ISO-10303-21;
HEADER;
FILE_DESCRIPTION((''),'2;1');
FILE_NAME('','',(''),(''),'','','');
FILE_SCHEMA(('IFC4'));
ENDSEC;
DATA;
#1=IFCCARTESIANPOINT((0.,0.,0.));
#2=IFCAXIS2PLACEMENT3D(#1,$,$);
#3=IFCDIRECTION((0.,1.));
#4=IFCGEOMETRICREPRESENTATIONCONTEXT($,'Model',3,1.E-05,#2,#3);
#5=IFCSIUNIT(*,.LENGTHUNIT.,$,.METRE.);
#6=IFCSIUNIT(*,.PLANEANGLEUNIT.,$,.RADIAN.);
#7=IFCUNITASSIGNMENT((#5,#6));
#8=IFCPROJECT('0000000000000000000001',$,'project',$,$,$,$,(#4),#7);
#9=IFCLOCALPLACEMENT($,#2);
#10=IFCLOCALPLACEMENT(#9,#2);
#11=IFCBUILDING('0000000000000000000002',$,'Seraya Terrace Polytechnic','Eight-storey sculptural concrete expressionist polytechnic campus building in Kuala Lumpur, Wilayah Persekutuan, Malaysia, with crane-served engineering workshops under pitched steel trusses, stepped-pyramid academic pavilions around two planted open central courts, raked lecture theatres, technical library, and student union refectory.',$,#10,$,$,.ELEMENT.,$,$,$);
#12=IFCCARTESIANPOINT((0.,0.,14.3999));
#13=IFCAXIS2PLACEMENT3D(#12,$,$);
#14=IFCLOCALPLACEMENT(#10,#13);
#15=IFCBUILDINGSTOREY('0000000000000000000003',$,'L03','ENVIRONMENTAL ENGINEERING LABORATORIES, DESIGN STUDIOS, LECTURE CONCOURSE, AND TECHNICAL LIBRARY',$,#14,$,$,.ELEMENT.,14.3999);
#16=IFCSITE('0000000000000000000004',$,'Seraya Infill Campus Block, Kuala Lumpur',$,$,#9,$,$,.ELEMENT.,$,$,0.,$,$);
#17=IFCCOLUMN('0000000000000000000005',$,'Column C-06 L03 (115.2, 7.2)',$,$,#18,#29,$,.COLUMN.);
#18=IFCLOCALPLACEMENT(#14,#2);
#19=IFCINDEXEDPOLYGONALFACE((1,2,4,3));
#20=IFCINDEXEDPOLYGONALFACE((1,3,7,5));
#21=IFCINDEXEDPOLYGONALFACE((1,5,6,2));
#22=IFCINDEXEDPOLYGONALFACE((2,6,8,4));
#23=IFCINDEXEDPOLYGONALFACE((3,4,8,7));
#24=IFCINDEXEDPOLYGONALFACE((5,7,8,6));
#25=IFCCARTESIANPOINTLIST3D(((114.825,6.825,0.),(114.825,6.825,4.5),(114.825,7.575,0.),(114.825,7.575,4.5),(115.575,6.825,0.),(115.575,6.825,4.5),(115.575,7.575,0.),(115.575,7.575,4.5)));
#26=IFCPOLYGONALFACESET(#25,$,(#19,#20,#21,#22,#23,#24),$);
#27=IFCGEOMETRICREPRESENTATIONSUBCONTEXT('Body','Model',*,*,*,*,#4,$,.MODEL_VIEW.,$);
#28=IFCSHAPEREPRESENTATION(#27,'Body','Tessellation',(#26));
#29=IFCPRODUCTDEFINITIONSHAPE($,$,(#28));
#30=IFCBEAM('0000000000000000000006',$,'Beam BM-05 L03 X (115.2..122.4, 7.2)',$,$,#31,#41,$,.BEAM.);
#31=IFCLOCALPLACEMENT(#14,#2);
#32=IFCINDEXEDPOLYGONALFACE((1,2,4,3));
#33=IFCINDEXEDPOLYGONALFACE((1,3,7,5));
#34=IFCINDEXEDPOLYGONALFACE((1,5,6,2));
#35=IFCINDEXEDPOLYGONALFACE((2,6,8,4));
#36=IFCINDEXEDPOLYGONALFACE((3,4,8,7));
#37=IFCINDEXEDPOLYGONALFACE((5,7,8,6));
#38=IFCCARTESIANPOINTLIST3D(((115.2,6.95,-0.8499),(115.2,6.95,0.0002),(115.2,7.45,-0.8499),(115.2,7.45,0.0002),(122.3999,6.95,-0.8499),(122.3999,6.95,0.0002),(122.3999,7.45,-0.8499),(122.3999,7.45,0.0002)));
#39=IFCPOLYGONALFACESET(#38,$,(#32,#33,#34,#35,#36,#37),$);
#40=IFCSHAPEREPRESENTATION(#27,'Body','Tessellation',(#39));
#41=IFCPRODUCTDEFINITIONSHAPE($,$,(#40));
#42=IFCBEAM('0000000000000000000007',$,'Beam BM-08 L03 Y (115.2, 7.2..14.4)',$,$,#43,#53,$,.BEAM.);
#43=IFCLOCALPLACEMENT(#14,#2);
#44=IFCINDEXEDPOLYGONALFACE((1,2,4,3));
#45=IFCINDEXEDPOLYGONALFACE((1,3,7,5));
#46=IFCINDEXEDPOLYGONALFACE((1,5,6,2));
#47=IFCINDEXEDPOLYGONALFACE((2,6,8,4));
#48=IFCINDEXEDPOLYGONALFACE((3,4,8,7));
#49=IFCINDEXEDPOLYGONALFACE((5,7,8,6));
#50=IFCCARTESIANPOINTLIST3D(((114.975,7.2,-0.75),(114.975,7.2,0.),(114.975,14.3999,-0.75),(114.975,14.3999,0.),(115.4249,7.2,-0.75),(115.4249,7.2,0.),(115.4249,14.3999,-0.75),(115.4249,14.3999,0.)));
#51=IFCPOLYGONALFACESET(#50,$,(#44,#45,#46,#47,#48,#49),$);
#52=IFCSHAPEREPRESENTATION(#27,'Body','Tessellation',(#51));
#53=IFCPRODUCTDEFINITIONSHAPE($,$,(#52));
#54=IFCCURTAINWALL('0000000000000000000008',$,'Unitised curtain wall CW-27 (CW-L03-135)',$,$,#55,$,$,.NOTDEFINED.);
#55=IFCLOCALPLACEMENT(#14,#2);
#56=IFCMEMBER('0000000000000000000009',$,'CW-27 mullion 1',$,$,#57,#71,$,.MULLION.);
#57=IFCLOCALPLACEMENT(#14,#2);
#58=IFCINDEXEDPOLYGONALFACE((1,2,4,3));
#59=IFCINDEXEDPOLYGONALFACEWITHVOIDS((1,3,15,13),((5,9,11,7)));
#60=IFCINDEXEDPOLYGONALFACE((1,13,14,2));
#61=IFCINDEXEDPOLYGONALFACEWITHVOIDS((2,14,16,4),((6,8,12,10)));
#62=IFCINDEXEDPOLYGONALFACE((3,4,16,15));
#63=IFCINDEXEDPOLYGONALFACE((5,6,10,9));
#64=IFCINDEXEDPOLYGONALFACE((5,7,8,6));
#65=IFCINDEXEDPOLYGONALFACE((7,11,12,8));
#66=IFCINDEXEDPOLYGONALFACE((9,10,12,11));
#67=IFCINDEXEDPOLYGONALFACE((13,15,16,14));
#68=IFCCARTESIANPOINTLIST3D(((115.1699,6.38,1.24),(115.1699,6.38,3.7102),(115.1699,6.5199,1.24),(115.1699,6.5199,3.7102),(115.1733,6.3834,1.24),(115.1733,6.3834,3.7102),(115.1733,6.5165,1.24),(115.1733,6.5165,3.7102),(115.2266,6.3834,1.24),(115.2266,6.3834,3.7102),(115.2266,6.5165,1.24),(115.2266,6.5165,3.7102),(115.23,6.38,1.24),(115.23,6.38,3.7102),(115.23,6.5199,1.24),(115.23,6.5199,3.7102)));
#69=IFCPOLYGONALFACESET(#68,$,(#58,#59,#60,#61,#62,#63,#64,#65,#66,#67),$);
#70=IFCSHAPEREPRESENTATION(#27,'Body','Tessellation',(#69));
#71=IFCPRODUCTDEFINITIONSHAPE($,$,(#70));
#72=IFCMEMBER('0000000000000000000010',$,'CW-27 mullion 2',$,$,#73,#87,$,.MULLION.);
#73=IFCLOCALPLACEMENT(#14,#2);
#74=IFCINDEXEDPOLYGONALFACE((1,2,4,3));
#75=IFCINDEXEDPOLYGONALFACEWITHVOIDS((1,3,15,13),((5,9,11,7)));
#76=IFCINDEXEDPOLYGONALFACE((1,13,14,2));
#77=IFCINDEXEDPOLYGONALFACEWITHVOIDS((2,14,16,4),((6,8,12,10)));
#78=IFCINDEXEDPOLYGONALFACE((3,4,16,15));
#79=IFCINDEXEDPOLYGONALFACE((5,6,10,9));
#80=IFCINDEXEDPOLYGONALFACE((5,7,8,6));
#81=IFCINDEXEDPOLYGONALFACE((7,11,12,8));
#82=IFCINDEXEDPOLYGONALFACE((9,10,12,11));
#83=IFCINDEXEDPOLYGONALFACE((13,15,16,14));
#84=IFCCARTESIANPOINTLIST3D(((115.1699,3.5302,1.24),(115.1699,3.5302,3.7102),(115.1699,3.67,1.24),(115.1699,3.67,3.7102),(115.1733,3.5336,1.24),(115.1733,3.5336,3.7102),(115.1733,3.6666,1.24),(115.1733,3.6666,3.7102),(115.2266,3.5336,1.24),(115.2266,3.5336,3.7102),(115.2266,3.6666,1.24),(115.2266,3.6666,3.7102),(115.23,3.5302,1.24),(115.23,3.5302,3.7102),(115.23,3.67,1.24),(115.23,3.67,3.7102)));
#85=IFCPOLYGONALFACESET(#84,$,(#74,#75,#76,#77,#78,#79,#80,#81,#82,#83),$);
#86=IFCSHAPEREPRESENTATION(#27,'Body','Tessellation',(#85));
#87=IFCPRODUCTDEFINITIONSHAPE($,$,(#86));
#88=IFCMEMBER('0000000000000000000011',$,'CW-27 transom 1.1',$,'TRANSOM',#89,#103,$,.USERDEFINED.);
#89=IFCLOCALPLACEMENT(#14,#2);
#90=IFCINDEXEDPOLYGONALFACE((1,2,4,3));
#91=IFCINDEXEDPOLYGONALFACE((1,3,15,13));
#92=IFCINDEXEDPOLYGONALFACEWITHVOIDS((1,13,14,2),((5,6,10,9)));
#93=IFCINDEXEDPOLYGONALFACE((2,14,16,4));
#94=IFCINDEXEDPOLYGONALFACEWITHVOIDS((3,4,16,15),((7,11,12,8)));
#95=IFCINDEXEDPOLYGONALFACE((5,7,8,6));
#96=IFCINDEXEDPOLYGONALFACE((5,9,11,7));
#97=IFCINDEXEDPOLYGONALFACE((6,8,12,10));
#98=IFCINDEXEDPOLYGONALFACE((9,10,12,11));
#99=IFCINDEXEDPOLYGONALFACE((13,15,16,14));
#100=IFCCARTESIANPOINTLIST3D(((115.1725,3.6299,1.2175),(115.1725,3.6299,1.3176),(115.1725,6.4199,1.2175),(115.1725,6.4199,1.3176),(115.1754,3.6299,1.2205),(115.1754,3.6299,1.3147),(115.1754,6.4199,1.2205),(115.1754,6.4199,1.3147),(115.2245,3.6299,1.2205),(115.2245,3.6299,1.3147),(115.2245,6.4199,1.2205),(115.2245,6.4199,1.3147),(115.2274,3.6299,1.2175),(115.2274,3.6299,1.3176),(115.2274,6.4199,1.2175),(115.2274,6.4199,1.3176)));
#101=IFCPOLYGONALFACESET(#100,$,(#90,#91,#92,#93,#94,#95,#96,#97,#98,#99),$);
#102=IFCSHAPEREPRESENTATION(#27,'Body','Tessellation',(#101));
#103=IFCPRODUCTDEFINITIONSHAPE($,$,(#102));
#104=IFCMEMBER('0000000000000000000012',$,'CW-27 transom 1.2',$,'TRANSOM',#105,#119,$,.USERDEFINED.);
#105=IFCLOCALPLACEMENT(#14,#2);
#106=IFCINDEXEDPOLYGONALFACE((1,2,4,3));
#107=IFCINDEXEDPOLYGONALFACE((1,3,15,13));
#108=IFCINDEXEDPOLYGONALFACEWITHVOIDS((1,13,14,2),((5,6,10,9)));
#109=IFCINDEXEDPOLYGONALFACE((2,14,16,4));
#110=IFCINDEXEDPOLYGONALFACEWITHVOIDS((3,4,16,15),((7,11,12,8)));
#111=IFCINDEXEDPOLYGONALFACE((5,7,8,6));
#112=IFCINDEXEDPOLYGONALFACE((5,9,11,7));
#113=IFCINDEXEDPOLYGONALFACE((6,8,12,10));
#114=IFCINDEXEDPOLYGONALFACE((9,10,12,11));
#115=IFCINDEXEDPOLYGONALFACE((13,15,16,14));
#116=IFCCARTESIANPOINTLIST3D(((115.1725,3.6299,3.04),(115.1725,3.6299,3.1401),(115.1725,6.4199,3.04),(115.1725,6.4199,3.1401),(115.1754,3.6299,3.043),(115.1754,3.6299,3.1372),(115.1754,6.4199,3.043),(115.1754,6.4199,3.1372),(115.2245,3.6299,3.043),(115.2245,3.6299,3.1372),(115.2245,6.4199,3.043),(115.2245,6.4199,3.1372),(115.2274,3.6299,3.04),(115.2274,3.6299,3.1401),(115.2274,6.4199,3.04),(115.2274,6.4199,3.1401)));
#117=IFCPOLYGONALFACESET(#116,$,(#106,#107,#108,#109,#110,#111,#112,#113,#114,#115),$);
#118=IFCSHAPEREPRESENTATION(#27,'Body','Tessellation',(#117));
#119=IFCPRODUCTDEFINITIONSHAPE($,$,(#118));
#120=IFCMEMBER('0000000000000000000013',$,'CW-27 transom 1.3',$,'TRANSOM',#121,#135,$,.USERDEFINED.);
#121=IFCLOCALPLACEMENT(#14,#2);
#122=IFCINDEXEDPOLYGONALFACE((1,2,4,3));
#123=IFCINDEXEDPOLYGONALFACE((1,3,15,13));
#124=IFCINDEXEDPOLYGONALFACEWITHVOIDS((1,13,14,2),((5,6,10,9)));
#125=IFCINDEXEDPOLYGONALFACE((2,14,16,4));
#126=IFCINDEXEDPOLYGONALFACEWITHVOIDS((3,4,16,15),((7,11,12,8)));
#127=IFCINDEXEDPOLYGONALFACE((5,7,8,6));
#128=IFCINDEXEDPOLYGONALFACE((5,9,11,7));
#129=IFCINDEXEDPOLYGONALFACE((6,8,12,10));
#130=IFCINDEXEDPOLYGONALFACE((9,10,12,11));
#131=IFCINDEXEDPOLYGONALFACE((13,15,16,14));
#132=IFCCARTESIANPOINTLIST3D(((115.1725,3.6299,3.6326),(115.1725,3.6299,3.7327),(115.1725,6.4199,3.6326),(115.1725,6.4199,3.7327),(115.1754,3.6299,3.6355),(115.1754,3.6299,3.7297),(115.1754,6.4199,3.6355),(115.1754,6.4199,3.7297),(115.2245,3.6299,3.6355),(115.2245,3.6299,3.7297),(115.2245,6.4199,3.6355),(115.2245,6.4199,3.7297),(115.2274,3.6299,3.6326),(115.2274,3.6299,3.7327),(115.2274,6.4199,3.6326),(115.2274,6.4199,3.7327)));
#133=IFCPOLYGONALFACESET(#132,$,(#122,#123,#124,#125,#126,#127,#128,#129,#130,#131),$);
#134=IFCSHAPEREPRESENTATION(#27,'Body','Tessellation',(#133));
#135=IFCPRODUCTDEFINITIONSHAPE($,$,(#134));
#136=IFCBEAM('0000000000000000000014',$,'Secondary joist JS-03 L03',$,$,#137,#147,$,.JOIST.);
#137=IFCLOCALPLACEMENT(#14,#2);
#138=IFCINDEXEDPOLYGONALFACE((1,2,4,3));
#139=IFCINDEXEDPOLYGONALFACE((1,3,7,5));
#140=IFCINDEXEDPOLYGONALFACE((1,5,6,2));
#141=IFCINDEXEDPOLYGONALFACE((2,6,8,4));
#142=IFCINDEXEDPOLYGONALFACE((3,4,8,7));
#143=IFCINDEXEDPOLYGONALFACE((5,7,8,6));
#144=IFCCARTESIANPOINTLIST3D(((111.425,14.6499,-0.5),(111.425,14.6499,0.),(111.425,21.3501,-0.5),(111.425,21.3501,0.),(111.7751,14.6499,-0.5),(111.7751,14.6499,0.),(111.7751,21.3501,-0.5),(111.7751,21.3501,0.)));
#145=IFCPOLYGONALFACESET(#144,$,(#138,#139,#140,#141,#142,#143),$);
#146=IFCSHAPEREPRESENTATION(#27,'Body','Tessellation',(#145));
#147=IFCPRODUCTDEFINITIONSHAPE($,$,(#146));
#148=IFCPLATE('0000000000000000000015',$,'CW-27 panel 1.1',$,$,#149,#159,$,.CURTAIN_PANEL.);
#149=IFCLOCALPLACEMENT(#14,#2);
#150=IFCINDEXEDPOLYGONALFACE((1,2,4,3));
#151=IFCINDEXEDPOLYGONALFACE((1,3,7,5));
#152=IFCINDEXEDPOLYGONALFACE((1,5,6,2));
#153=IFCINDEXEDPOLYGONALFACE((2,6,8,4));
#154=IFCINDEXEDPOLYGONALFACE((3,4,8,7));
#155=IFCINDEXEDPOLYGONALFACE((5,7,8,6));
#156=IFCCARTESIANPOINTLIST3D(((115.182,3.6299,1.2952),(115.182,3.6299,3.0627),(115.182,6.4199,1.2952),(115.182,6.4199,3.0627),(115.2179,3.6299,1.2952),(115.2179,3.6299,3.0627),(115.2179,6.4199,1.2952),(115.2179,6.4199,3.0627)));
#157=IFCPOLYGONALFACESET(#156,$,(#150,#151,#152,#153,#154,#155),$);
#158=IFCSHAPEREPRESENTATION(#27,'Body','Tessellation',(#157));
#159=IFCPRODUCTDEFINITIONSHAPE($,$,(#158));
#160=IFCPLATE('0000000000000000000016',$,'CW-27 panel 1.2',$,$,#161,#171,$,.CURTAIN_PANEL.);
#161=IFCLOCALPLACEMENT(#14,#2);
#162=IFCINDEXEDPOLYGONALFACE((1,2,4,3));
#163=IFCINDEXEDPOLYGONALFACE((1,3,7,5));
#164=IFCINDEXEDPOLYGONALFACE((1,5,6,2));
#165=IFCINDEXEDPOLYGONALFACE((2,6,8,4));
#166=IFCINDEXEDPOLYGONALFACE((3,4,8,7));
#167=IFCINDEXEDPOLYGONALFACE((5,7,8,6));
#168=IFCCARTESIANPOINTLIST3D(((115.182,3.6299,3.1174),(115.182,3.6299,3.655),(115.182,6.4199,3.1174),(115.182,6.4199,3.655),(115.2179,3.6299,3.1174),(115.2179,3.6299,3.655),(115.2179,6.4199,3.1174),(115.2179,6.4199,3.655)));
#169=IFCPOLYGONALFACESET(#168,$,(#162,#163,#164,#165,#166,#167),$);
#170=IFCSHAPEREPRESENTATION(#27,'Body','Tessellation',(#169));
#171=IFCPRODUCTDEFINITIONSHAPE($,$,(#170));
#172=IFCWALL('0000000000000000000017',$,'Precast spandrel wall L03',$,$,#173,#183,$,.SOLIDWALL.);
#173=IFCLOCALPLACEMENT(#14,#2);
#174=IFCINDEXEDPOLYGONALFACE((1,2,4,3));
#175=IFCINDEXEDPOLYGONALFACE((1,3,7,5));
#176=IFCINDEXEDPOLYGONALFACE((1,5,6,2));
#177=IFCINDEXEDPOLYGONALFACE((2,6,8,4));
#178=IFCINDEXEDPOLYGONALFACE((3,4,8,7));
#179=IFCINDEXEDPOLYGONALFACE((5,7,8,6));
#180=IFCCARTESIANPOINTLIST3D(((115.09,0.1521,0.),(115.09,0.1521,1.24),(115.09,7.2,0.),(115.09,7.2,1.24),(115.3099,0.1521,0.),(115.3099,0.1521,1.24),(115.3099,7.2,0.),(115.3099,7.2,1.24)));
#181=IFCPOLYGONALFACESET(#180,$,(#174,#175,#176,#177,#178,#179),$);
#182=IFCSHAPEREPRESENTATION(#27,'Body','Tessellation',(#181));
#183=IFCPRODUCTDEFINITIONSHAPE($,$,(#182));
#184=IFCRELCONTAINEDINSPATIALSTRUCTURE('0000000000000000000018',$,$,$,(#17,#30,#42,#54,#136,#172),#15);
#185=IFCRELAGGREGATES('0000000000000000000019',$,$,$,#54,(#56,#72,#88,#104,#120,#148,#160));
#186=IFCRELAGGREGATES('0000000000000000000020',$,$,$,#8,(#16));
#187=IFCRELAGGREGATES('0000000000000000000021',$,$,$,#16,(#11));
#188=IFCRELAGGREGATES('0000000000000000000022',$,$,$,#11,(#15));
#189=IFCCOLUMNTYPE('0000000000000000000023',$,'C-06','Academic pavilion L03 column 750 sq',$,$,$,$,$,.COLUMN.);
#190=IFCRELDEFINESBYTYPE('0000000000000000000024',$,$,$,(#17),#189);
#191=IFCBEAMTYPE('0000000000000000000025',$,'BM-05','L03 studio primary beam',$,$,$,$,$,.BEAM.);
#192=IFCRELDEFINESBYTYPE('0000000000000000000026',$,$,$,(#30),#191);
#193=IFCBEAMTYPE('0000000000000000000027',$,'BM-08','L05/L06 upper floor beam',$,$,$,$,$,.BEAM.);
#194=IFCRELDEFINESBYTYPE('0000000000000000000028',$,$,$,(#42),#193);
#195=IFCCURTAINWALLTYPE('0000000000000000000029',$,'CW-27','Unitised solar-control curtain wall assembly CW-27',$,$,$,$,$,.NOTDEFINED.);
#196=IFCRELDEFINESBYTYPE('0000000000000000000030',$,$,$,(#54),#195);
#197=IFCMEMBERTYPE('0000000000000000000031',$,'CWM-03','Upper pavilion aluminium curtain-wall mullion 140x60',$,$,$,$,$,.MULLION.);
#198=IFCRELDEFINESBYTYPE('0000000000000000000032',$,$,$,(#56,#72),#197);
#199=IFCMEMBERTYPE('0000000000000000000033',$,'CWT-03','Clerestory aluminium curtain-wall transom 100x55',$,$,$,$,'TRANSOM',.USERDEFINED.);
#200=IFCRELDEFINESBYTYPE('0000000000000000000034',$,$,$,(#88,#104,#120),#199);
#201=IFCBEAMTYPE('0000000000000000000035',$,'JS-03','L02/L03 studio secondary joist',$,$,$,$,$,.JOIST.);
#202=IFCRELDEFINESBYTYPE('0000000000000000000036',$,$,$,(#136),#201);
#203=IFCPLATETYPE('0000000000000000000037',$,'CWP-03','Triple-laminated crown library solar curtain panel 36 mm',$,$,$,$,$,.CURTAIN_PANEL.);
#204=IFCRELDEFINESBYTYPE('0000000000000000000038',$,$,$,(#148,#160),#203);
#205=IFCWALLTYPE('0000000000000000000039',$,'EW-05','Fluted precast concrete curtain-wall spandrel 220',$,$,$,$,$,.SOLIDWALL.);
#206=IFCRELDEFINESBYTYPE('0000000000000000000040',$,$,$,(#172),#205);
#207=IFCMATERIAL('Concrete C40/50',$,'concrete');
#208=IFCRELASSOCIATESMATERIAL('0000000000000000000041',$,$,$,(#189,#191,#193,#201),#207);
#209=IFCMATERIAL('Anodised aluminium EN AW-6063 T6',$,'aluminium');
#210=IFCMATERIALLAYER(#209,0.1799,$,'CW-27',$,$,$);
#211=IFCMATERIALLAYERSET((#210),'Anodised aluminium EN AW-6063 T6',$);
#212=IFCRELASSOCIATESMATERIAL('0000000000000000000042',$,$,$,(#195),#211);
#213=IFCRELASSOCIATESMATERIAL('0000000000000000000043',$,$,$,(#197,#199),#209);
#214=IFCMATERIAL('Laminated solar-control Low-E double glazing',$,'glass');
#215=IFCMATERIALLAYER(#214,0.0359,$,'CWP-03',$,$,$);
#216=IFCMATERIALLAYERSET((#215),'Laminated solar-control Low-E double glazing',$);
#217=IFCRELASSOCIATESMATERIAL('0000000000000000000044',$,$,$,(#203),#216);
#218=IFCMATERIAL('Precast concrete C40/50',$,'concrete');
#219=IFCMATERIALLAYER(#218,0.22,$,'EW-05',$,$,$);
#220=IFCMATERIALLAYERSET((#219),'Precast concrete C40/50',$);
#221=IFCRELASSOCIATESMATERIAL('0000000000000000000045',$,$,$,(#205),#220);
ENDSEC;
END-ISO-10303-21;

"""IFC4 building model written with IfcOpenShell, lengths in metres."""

from ifc_helpers import new_model, si_unit, direction, frame, frame_2d, origin, origin_2d, place, context, subcontext, project, spatial, rectangle, hollow_rectangle, extrude, material, layer, layer_set, material_profile, profile_set, type_object, element, aggregate, save


model = new_model("IFC4")

# Units and contexts
model_context = context("Model", 3, precision=1e-05, world=origin(), true_north=direction((0.0, 1.0)))
body_context = subcontext(model_context, "Body", "Model", "MODEL_VIEW")
ifc_project = project(units=[si_unit("LENGTHUNIT", "METRE"), si_unit("PLANEANGLEUNIT", "RADIAN")], contexts=[model_context])

# Site, building, storey
site_placement = place(None, origin())
site = spatial("IfcSite", under=ifc_project, at=site_placement, Name="Seraya Infill Campus Block, Kuala Lumpur", CompositionType="ELEMENT", RefElevation=0.0)
building_placement = place(site_placement, origin())
building = spatial("IfcBuilding", under=site, at=building_placement, Name="Seraya Terrace Polytechnic", Description="Eight-storey sculptural concrete expressionist polytechnic campus building in Kuala Lumpur, Wilayah Persekutuan, Malaysia, with crane-served engineering workshops under pitched steel trusses, stepped-pyramid academic pavilions around two planted open central courts, raked lecture theatres, technical library, and student union refectory.", CompositionType="ELEMENT")
storey_placement = place(building_placement, frame((0.0, 0.0, 14.3999)))
storey = spatial("IfcBuildingStorey", under=building, at=storey_placement, Name="L03", Description="ENVIRONMENTAL ENGINEERING LABORATORIES, DESIGN STUDIOS, LECTURE CONCOURSE, AND TECHNICAL LIBRARY", CompositionType="ELEMENT", Elevation=14.3999)

# Column
ifc_material_1 = material(Name="Concrete C40/50", Category="concrete")
ifc_material_profile_1 = material_profile(ifc_material_1, rectangle(XDim=0.75, YDim=0.75, at=origin_2d()), Name="RC 750x750")
ifc_profile_set_1 = profile_set([ifc_material_profile_1], Name="Concrete C40/50")
column_type = type_object("IfcColumnType", Name="C-06", Description="Academic pavilion L03 column 750 sq", PredefinedType="COLUMN", material=ifc_profile_set_1)
column_placement = place(storey_placement, frame((115.2, 7.2, 0.0), z_axis=(0.0, 0.0, 1.0), x_axis=(1.0, 0.0, 0.0)))
element("IfcColumn", 1, at=column_placement, inside=storey, type_object=column_type, Name="Column C-06 L03 (115.2, 7.2)", PredefinedType="COLUMN", context=body_context, shape_type="SweptSolid", body=[
    extrude(rectangle(XDim=0.75, YDim=0.75, at=origin_2d()), origin(), (0.0, 0.0, 1.0), 4.5),
])

# Beams
ifc_material_profile_2 = material_profile(ifc_material_1, rectangle(XDim=0.5, YDim=0.8501, at=origin_2d()), Name="RC 500x850")
ifc_profile_set_2 = profile_set([ifc_material_profile_2], Name="Concrete C40/50")
beam_type_1 = type_object("IfcBeamType", Name="BM-05", Description="L03 studio primary beam", PredefinedType="BEAM", material=ifc_profile_set_2)
beam_1_placement = place(storey_placement, frame((115.2, 7.2, -0.4248), z_axis=(1.0, 0.0, 0.0), x_axis=(0.0, 1.0, 0.0)))
element("IfcBeam", 2, at=beam_1_placement, inside=storey, type_object=beam_type_1, Name="Beam BM-05 L03 X (115.2..122.4, 7.2)", PredefinedType="BEAM", context=body_context, shape_type="SweptSolid", body=[
    extrude(rectangle(XDim=0.5, YDim=0.8501, at=origin_2d()), origin(), (0.0, 0.0, 1.0), 7.2),
])
ifc_material_profile_3 = material_profile(ifc_material_1, rectangle(XDim=0.45, YDim=0.75, at=origin_2d()), Name="RC 450x750")
ifc_profile_set_3 = profile_set([ifc_material_profile_3], Name="Concrete C40/50")
beam_type_2 = type_object("IfcBeamType", Name="BM-08", Description="L05/L06 upper floor beam", PredefinedType="BEAM", material=ifc_profile_set_3)
beam_2_placement = place(storey_placement, frame((115.2, 7.2, -0.375), z_axis=(0.0, 1.0, 0.0), x_axis=(-1.0, 0.0, 0.0)))
element("IfcBeam", 3, at=beam_2_placement, inside=storey, type_object=beam_type_2, Name="Beam BM-08 L03 Y (115.2, 7.2..14.4)", PredefinedType="BEAM", context=body_context, shape_type="SweptSolid", body=[
    extrude(rectangle(XDim=0.45, YDim=0.75, at=origin_2d()), origin(), (0.0, 0.0, 1.0), 7.2),
])

# Curtain wall, members
ifc_material_2 = material(Name="Anodised aluminium EN AW-6063 T6", Category="aluminium")
ifc_layer_1 = layer(ifc_material_2, 0.1799, Name="CW-27")
ifc_layer_set_1 = layer_set([ifc_layer_1], Name="Anodised aluminium EN AW-6063 T6")
curtain_wall_type = type_object("IfcCurtainWallType", Name="CW-27", Description="Unitised solar-control curtain wall assembly CW-27", PredefinedType="NOTDEFINED", material=ifc_layer_set_1)
curtain_wall_placement = place(storey_placement, origin())
curtain_wall = element("IfcCurtainWall", 4, at=curtain_wall_placement, inside=storey, type_object=curtain_wall_type, Name="Unitised curtain wall CW-27 (CW-L03-135)", PredefinedType="NOTDEFINED")
ifc_material_profile_4 = material_profile(ifc_material_2, hollow_rectangle(XDim=0.0601, YDim=0.1399, WallThickness=0.0034, at=origin_2d()), Name="RHS 140x60x3.5")
ifc_profile_set_4 = profile_set([ifc_material_profile_4], Name="Anodised aluminium EN AW-6063 T6")
member_type_1 = type_object("IfcMemberType", Name="CWM-03", Description="Upper pavilion aluminium curtain-wall mullion 140x60", PredefinedType="MULLION", material=ifc_profile_set_4)
member_1_placement = place(storey_placement, frame((115.2, 6.45, 1.24), z_axis=(0.0, 0.0, 1.0), x_axis=(1.0, 0.0, 0.0)))
member_1 = element("IfcMember", 5, at=member_1_placement, type_object=member_type_1, Name="CW-27 mullion 1", PredefinedType="MULLION", context=body_context, shape_type="SweptSolid", body=[
    extrude(hollow_rectangle(XDim=0.0601, YDim=0.1399, WallThickness=0.0034, at=origin_2d()), origin(), (0.0, 0.0, 1.0), 2.4702),
])
member_2_placement = place(storey_placement, frame((115.2, 3.6001, 1.24), z_axis=(0.0, 0.0, 1.0), x_axis=(1.0, 0.0, 0.0)))
member_2 = element("IfcMember", 6, at=member_2_placement, type_object=member_type_1, Name="CW-27 mullion 2", PredefinedType="MULLION", context=body_context, shape_type="SweptSolid", body=[
    extrude(hollow_rectangle(XDim=0.0601, YDim=0.1399, WallThickness=0.0034, at=origin_2d()), origin(), (0.0, 0.0, 1.0), 2.4702),
])
ifc_material_profile_5 = material_profile(ifc_material_2, hollow_rectangle(XDim=0.0549, YDim=0.1001, WallThickness=0.0029, at=origin_2d()), Name="RHS 100x55x3.0")
ifc_profile_set_5 = profile_set([ifc_material_profile_5], Name="Anodised aluminium EN AW-6063 T6")
member_type_2 = type_object("IfcMemberType", Name="CWT-03", Description="Clerestory aluminium curtain-wall transom 100x55", ElementType="TRANSOM", PredefinedType="USERDEFINED", material=ifc_profile_set_5)
member_3_placement = place(storey_placement, frame((115.2, 6.4199, 1.2676), z_axis=(0.0, -1.0, 0.0), x_axis=(1.0, 0.0, 0.0)))
member_3 = element("IfcMember", 7, at=member_3_placement, type_object=member_type_2, Name="CW-27 transom 1.1", ObjectType="TRANSOM", PredefinedType="USERDEFINED", context=body_context, shape_type="SweptSolid", body=[
    extrude(hollow_rectangle(XDim=0.0549, YDim=0.1001, WallThickness=0.0029, at=origin_2d()), origin(), (0.0, 0.0, 1.0), 2.79),
])
member_4_placement = place(storey_placement, frame((115.2, 6.4199, 3.0901), z_axis=(0.0, -1.0, 0.0), x_axis=(1.0, 0.0, 0.0)))
member_4 = element("IfcMember", 8, at=member_4_placement, type_object=member_type_2, Name="CW-27 transom 1.2", ObjectType="TRANSOM", PredefinedType="USERDEFINED", context=body_context, shape_type="SweptSolid", body=[
    extrude(hollow_rectangle(XDim=0.0549, YDim=0.1001, WallThickness=0.0029, at=origin_2d()), origin(), (0.0, 0.0, 1.0), 2.79),
])
member_5_placement = place(storey_placement, frame((115.2, 6.4199, 3.6826), z_axis=(0.0, -1.0, 0.0), x_axis=(1.0, 0.0, 0.0)))
member_5 = element("IfcMember", 9, at=member_5_placement, type_object=member_type_2, Name="CW-27 transom 1.3", ObjectType="TRANSOM", PredefinedType="USERDEFINED", context=body_context, shape_type="SweptSolid", body=[
    extrude(hollow_rectangle(XDim=0.0549, YDim=0.1001, WallThickness=0.0029, at=origin_2d()), origin(), (0.0, 0.0, 1.0), 2.79),
])

# Beam
ifc_material_profile_6 = material_profile(ifc_material_1, rectangle(XDim=0.3501, YDim=0.5, at=origin_2d()), Name="RC 350x500")
ifc_profile_set_6 = profile_set([ifc_material_profile_6], Name="Concrete C40/50")
beam_type_3 = type_object("IfcBeamType", Name="JS-03", Description="L02/L03 studio secondary joist", PredefinedType="JOIST", material=ifc_profile_set_6)
beam_3_placement = place(storey_placement, frame((111.6001, 14.6499, -0.25), z_axis=(0.0, 1.0, 0.0), x_axis=(-1.0, 0.0, 0.0)))
element("IfcBeam", 10, at=beam_3_placement, inside=storey, type_object=beam_type_3, Name="Secondary joist JS-03 L03", PredefinedType="JOIST", context=body_context, shape_type="SweptSolid", body=[
    extrude(rectangle(XDim=0.3501, YDim=0.5, at=origin_2d()), origin(), (0.0, 0.0, 1.0), 6.7002),
])

# Plates
ifc_material_3 = material(Name="Laminated solar-control Low-E double glazing", Category="glass")
ifc_layer_2 = layer(ifc_material_3, 0.0359, Name="CWP-03")
ifc_layer_set_2 = layer_set([ifc_layer_2], Name="Laminated solar-control Low-E double glazing")
plate_type = type_object("IfcPlateType", Name="CWP-03", Description="Triple-laminated crown library solar curtain panel 36 mm", PredefinedType="CURTAIN_PANEL", material=ifc_layer_set_2)
plate_1_placement = place(storey_placement, frame((115.2, 5.0249, 1.2952), z_axis=(0.0, 0.0, 1.0), x_axis=(0.0, -1.0, 0.0)))
plate_1 = element("IfcPlate", 11, at=plate_1_placement, type_object=plate_type, Name="CW-27 panel 1.1", PredefinedType="CURTAIN_PANEL", context=body_context, shape_type="SweptSolid", body=[
    extrude(rectangle(XDim=2.79, YDim=0.0359, at=origin_2d()), origin(), (0.0, 0.0, 1.0), 1.7676),
])
plate_2_placement = place(storey_placement, frame((115.2, 5.0249, 3.1174), z_axis=(0.0, 0.0, 1.0), x_axis=(0.0, -1.0, 0.0)))
plate_2 = element("IfcPlate", 12, at=plate_2_placement, type_object=plate_type, Name="CW-27 panel 1.2", PredefinedType="CURTAIN_PANEL", context=body_context, shape_type="SweptSolid", body=[
    extrude(rectangle(XDim=2.79, YDim=0.0359, at=origin_2d()), origin(), (0.0, 0.0, 1.0), 0.5376),
])
aggregate(curtain_wall, [member_1, member_2, member_3, member_4, member_5, plate_1, plate_2])

# Wall
ifc_material_4 = material(Name="Precast concrete C40/50", Category="concrete")
ifc_layer_3 = layer(ifc_material_4, 0.22, Name="EW-05")
ifc_layer_set_3 = layer_set([ifc_layer_3], Name="Precast concrete C40/50")
wall_type_1 = type_object("IfcWallType", Name="EW-05", Description="Fluted precast concrete curtain-wall spandrel 220", PredefinedType="SOLIDWALL", material=ifc_layer_set_3)
wall_1_placement = place(storey_placement, frame((115.2, 7.2, 0.0), z_axis=(0.0, 0.0, 1.0), x_axis=(0.0, -1.0, 0.0)))
element("IfcWall", 13, at=wall_1_placement, inside=storey, type_object=wall_type_1, Name="Precast spandrel wall L03", PredefinedType="SOLIDWALL", context=body_context, shape_type="SweptSolid", body=[
    extrude(rectangle(XDim=7.0479, YDim=0.22, at=frame_2d((3.5239, 0.0))), origin(), (0.0, 0.0, 1.0), 1.24),
])

save(model, "model.ifc")
